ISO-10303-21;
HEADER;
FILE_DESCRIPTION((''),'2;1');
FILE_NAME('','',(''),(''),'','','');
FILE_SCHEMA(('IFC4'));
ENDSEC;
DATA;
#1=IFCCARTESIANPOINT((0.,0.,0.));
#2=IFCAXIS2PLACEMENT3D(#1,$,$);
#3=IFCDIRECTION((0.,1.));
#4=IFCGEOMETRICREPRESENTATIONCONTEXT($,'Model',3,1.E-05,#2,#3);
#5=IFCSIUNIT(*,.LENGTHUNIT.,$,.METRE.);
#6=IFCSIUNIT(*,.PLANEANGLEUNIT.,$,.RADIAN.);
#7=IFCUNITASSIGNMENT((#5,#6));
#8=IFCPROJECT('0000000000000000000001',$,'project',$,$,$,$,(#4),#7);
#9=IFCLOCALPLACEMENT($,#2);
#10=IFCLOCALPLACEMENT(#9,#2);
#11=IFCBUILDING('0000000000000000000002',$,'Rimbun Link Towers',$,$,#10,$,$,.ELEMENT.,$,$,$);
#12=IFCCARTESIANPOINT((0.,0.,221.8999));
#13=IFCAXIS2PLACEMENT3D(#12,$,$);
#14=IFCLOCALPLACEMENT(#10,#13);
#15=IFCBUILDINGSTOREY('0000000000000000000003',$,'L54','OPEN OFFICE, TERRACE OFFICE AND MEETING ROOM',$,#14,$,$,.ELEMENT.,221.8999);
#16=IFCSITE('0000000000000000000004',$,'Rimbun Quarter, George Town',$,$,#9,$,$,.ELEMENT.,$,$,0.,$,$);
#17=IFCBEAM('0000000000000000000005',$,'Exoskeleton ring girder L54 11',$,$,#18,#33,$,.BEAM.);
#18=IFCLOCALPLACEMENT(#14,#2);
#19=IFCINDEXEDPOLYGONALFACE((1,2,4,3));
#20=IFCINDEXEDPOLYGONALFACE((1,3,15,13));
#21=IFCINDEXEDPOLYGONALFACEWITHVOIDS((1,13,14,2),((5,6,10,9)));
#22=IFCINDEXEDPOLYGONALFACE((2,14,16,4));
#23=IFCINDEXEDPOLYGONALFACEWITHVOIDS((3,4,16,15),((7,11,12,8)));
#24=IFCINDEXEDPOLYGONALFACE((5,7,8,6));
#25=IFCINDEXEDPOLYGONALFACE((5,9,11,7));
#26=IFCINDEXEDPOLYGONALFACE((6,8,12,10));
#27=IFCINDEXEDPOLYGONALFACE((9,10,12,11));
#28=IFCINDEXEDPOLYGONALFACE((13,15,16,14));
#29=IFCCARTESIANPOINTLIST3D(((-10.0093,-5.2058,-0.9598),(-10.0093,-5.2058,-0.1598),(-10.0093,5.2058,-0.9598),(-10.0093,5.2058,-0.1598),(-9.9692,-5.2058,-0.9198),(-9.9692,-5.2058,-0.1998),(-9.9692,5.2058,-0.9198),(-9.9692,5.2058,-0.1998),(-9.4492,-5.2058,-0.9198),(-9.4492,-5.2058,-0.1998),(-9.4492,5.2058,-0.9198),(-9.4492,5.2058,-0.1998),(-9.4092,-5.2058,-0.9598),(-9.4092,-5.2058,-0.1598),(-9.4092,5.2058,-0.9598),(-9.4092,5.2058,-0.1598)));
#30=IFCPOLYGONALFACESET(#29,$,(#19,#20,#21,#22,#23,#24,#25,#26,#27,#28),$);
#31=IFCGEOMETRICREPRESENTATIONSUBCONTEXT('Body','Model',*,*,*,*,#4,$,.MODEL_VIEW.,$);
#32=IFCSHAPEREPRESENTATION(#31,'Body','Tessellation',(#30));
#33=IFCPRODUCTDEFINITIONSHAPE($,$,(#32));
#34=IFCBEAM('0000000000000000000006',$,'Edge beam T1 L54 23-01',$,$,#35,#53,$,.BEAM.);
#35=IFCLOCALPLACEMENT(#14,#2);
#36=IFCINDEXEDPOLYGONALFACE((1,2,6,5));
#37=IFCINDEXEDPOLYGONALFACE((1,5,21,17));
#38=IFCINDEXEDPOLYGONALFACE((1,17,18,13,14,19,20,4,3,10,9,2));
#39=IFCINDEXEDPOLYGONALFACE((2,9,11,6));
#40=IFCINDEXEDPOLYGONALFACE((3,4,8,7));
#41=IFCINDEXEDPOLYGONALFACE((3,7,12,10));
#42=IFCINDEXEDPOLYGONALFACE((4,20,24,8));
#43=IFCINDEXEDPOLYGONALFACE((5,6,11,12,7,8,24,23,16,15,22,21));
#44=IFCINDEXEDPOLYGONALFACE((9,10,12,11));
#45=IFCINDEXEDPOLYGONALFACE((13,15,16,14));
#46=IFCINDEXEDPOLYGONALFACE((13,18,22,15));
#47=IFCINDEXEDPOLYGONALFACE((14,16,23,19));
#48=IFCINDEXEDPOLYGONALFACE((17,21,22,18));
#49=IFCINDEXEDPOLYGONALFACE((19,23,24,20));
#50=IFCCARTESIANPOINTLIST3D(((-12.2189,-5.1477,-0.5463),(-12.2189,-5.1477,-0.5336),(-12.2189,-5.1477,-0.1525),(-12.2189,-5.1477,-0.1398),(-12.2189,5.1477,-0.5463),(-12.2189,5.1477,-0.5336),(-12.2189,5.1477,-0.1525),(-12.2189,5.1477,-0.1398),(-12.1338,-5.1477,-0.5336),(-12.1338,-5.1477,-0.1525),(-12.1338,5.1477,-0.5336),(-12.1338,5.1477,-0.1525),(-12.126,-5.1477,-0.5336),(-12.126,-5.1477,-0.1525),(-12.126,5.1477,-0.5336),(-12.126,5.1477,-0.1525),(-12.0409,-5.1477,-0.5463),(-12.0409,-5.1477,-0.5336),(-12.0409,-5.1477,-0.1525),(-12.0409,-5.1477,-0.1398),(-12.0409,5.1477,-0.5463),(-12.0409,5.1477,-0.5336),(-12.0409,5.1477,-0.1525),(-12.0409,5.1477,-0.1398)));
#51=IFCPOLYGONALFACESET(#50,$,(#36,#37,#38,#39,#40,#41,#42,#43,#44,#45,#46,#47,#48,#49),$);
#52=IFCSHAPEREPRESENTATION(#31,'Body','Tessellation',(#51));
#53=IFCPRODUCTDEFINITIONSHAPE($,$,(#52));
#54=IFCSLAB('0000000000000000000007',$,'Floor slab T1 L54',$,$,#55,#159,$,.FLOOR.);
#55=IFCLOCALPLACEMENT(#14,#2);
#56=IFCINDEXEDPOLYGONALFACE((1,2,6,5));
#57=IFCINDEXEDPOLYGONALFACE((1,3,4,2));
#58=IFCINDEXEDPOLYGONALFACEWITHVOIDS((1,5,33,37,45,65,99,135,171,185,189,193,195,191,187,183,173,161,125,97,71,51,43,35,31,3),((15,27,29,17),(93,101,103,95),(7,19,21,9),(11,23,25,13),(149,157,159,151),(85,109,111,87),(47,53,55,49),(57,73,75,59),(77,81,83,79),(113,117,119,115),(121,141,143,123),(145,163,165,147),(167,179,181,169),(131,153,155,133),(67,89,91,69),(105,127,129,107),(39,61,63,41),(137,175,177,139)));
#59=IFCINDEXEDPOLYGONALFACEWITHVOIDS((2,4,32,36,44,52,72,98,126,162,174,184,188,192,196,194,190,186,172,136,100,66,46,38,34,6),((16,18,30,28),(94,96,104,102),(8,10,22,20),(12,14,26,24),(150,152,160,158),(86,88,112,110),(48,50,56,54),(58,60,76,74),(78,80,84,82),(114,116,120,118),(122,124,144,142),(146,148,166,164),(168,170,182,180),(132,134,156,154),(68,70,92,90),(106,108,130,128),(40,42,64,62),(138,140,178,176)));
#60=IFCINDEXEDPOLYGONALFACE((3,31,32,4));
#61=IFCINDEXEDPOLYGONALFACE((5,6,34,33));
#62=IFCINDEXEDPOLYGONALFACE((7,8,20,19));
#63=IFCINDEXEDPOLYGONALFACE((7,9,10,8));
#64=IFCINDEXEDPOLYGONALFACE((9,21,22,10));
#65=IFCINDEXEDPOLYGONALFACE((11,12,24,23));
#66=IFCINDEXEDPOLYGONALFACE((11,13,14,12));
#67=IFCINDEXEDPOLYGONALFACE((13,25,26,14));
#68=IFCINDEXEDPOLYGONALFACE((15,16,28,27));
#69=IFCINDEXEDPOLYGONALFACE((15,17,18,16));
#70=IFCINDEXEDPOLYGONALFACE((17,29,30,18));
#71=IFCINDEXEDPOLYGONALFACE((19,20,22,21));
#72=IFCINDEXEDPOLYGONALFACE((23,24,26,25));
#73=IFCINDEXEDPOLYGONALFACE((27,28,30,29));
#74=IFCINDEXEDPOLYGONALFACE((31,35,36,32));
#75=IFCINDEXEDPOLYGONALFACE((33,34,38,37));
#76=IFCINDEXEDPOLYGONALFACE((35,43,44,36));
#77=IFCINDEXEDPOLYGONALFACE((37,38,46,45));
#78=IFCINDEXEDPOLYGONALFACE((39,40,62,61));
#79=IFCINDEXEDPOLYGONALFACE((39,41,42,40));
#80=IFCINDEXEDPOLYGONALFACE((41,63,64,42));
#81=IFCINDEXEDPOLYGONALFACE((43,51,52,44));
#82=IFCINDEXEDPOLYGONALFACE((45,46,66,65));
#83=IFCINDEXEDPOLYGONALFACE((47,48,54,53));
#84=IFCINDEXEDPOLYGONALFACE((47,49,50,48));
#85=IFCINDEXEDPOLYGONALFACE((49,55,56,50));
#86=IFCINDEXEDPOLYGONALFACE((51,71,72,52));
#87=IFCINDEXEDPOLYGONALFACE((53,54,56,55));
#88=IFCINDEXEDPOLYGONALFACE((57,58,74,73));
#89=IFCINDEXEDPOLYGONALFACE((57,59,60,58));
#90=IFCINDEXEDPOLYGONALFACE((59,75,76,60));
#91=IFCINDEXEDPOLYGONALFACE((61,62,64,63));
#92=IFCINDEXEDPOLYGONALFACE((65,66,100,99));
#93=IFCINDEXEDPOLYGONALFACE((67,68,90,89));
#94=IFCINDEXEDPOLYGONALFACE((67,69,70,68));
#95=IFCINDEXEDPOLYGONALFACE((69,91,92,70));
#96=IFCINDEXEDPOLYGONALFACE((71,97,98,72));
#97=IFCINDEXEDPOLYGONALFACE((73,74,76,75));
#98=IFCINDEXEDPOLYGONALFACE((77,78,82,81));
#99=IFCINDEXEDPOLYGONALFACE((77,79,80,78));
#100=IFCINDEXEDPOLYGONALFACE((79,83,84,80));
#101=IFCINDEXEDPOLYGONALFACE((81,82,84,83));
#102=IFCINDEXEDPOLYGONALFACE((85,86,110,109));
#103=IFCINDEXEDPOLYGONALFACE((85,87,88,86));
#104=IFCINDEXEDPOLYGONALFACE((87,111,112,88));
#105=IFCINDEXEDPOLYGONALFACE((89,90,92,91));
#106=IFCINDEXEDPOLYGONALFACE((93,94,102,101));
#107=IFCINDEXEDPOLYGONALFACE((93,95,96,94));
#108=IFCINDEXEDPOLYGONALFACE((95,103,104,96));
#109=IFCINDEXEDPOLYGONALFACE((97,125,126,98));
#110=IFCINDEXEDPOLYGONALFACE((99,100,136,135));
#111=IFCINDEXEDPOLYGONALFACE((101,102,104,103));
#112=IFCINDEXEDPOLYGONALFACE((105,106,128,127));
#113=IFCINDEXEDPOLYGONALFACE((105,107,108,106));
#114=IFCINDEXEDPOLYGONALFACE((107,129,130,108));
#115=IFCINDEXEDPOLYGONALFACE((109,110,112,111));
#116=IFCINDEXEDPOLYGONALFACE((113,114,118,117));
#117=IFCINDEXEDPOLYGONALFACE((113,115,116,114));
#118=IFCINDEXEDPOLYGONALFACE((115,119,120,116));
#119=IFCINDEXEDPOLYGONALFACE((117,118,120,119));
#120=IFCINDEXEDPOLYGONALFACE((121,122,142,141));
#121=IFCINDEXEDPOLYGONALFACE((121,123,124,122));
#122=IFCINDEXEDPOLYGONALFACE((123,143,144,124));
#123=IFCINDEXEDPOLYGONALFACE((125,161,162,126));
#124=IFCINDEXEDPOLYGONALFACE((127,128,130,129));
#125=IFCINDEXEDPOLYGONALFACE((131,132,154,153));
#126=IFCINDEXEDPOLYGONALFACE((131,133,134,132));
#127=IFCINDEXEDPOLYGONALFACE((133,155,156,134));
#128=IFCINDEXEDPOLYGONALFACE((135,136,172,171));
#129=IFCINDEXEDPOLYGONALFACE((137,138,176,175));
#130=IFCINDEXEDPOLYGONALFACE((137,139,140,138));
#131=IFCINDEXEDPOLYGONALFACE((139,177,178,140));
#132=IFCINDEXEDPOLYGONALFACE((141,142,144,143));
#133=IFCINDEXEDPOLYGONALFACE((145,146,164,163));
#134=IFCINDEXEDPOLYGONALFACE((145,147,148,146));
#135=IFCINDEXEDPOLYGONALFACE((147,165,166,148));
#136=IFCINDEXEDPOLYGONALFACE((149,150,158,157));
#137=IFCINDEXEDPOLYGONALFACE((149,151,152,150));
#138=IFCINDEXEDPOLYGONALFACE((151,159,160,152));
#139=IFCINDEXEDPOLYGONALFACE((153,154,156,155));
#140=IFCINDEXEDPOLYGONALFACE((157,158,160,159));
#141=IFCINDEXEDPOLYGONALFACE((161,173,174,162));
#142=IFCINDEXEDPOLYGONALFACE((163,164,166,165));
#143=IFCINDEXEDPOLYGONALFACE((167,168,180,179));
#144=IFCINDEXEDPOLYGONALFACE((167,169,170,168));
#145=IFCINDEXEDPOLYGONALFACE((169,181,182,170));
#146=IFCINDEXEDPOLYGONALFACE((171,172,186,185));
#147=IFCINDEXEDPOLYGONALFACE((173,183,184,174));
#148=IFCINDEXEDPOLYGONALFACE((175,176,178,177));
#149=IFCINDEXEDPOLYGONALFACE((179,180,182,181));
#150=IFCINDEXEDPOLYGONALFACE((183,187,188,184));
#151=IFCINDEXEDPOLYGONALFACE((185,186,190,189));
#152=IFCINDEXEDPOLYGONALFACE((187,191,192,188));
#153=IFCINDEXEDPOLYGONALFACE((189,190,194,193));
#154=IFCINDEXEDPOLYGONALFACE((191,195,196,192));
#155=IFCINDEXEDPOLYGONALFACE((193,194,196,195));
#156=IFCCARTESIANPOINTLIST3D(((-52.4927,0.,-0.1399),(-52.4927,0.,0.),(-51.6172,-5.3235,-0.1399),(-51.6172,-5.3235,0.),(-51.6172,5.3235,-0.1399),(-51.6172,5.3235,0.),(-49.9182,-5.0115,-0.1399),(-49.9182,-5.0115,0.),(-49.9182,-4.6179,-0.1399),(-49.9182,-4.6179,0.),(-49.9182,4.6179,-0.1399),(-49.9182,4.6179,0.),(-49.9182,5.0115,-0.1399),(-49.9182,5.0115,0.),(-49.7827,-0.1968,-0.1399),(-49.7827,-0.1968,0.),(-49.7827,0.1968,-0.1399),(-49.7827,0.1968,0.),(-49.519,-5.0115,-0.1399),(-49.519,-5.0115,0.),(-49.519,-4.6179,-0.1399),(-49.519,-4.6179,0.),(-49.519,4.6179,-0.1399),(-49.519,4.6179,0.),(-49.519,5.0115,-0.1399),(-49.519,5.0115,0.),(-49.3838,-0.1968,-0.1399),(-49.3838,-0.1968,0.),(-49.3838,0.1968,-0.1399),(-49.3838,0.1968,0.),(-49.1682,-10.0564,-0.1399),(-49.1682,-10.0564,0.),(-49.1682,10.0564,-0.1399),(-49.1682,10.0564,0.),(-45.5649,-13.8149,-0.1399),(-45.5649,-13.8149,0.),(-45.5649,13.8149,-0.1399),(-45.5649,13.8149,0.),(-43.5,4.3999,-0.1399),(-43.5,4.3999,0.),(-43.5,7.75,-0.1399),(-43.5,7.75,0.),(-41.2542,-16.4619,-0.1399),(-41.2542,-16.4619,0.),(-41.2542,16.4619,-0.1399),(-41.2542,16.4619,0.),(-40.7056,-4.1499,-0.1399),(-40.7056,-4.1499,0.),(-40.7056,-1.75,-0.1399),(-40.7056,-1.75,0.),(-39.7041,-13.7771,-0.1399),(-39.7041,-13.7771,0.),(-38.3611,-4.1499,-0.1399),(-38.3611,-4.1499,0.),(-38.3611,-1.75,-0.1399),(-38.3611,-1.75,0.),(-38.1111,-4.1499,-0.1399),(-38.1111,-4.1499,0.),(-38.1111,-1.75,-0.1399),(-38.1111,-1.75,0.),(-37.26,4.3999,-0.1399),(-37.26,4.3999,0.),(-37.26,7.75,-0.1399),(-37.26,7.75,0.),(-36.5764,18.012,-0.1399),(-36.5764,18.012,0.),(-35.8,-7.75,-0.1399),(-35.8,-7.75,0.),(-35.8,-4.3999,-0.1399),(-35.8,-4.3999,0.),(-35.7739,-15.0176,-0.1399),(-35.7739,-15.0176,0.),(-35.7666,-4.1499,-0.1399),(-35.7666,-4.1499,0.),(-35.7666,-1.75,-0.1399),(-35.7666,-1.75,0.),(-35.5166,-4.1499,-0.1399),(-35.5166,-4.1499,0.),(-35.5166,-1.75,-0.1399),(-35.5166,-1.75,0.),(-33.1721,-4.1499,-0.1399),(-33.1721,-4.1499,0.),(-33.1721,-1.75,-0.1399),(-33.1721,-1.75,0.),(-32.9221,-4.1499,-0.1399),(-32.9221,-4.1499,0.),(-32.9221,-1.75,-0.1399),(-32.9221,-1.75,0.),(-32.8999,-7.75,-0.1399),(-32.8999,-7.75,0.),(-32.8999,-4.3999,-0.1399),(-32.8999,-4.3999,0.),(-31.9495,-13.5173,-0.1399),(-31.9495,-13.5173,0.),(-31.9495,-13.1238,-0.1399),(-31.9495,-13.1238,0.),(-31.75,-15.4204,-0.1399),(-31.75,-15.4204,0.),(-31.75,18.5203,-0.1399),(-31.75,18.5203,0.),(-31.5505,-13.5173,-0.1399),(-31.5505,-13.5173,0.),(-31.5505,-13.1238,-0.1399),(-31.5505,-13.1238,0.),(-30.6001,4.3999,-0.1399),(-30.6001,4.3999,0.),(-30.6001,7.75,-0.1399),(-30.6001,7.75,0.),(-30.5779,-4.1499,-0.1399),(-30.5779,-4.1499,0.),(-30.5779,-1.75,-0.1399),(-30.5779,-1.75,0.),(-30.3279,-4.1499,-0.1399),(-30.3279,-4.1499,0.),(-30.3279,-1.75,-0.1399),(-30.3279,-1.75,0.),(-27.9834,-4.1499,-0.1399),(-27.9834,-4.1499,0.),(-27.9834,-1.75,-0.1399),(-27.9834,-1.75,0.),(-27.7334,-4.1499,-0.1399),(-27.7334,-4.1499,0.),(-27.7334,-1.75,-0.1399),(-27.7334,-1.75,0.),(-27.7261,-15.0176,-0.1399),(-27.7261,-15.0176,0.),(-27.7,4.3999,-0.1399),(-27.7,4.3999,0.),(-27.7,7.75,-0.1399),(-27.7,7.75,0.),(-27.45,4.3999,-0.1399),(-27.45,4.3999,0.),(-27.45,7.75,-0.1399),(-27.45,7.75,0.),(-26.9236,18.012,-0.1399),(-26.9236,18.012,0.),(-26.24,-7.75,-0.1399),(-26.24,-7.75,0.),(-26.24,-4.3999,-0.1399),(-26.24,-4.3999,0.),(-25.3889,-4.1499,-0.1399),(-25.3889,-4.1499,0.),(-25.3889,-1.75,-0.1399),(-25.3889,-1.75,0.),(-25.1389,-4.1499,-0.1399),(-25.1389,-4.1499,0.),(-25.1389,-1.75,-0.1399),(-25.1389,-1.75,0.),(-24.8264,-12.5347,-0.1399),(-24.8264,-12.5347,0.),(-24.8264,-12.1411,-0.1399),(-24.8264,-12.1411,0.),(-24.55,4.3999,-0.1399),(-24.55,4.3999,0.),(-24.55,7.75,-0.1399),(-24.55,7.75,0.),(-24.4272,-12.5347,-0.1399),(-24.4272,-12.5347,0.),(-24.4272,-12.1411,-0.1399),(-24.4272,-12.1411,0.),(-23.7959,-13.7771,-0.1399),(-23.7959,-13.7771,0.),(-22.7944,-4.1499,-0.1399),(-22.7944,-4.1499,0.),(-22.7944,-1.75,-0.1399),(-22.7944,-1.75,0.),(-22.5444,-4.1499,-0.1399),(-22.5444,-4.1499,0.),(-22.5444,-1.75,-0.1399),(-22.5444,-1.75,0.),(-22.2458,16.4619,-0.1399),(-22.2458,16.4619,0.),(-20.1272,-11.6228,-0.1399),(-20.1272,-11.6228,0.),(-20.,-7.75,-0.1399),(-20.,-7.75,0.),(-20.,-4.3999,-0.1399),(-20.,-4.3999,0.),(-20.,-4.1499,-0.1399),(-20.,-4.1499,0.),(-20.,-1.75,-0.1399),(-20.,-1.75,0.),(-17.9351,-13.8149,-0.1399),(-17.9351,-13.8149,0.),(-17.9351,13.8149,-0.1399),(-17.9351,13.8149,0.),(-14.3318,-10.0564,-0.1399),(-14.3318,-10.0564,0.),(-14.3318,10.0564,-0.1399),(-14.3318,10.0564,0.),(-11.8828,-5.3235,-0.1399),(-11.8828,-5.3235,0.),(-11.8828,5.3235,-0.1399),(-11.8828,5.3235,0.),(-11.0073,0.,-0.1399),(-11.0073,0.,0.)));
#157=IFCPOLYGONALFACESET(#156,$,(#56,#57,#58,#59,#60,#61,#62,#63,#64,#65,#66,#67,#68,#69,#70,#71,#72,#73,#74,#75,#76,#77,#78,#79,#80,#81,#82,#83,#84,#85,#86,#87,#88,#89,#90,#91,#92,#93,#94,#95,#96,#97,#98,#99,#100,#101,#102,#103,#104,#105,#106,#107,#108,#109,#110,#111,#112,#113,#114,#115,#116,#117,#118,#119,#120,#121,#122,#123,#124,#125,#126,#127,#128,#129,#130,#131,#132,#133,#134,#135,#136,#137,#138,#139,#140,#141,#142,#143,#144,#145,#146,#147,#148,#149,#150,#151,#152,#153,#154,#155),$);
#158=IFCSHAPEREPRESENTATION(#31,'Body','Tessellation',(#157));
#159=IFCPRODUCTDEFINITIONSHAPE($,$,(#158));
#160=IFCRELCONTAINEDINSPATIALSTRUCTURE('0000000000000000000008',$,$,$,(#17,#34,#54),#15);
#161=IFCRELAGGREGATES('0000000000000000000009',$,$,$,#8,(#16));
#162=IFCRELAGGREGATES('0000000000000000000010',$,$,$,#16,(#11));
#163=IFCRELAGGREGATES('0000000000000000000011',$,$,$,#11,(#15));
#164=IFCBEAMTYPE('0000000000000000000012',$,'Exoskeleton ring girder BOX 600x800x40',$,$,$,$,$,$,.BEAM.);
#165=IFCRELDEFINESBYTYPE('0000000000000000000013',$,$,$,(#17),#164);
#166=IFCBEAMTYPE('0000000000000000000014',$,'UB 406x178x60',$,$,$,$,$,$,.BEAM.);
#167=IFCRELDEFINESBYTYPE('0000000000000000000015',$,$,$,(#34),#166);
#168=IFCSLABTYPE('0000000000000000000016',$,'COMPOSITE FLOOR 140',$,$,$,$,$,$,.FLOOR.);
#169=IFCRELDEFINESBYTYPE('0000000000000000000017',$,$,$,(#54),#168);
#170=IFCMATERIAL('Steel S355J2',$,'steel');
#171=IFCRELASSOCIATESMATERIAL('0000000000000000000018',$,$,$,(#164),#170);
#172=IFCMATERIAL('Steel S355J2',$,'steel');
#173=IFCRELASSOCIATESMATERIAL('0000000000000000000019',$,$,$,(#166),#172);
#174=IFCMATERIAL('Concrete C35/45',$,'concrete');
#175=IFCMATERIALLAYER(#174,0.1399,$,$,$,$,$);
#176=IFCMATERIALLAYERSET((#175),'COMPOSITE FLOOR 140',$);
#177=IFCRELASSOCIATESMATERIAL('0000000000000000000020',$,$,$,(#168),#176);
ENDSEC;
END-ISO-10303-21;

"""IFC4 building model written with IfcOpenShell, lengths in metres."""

from ifc_helpers import new_model, si_unit, direction, frame, origin, origin_2d, place, context, subcontext, project, spatial, polyline, hollow_rectangle, i_section, outline, extrude, material, layer, layer_set, material_profile, profile_set, type_object, element, save


model = new_model("IFC4")

# Units and contexts
model_context = context("Model", 3, precision=1e-05, world=origin(), true_north=direction((0.0, 1.0)))
body_context = subcontext(model_context, "Body", "Model", "MODEL_VIEW")
ifc_project = project(units=[si_unit("LENGTHUNIT", "METRE"), si_unit("PLANEANGLEUNIT", "RADIAN")], contexts=[model_context])

# Site, building, storey
site_placement = place(None, origin())
site = spatial("IfcSite", under=ifc_project, at=site_placement, Name="Rimbun Quarter, George Town", CompositionType="ELEMENT", RefElevation=0.0)
building_placement = place(site_placement, origin())
building = spatial("IfcBuilding", under=site, at=building_placement, Name="Rimbun Link Towers", CompositionType="ELEMENT")
storey_placement = place(building_placement, frame((0.0, 0.0, 221.8999)))
storey = spatial("IfcBuildingStorey", under=building, at=storey_placement, Name="L54", Description="OPEN OFFICE, TERRACE OFFICE AND MEETING ROOM", CompositionType="ELEMENT", Elevation=221.8999)

# Beams
ifc_material_1 = material(Name="Steel S355J2", Category="steel")
ifc_material_profile_1 = material_profile(ifc_material_1, hollow_rectangle(XDim=0.6001, YDim=0.8, WallThickness=0.04, at=origin_2d()), Name="Exoskeleton ring girder BOX 600x800x40")
ifc_profile_set_1 = profile_set([ifc_material_profile_1], Name="Steel S355J2")
beam_type_1 = type_object("IfcBeamType", Name="Exoskeleton ring girder BOX 600x800x40", PredefinedType="BEAM", material=ifc_profile_set_1)
beam_1_placement = place(storey_placement, frame((-9.7092, -5.2058, -0.5598), z_axis=(0.0, 1.0, 0.0), x_axis=(-1.0, 0.0, 0.0)))
element("IfcBeam", 1, at=beam_1_placement, inside=storey, type_object=beam_type_1, Name="Exoskeleton ring girder L54 11", PredefinedType="BEAM", context=body_context, shape_type="SweptSolid", body=[
    extrude(hollow_rectangle(XDim=0.6001, YDim=0.8, WallThickness=0.04, at=origin_2d()), origin(), (0.0, 0.0, 1.0), 10.4116),
])
ifc_material_2 = material(Name="Steel S355J2", Category="steel")
ifc_material_profile_2 = material_profile(ifc_material_2, i_section(OverallWidth=0.178, OverallDepth=0.4065, WebThickness=0.0078, FlangeThickness=0.0127, at=origin_2d()), Name="UB 406x178x60")
ifc_profile_set_2 = profile_set([ifc_material_profile_2], Name="Steel S355J2")
beam_type_2 = type_object("IfcBeamType", Name="UB 406x178x60", PredefinedType="BEAM", material=ifc_profile_set_2)
beam_2_placement = place(storey_placement, frame((-12.1299, -5.1477, -0.343), z_axis=(0.0, 1.0, 0.0), x_axis=(-1.0, 0.0, 0.0)))
element("IfcBeam", 2, at=beam_2_placement, inside=storey, type_object=beam_type_2, Name="Edge beam T1 L54 23-01", PredefinedType="BEAM", context=body_context, shape_type="SweptSolid", body=[
    extrude(i_section(OverallWidth=0.178, OverallDepth=0.4065, WebThickness=0.0078, FlangeThickness=0.0127, at=origin_2d()), origin(), (0.0, 0.0, 1.0), 10.2954),
])

# Slab
ifc_material_3 = material(Name="Concrete C35/45", Category="concrete")
ifc_layer_1 = layer(ifc_material_3, 0.1399)
ifc_layer_set_1 = layer_set([ifc_layer_1], Name="COMPOSITE FLOOR 140")
slab_type_1 = type_object("IfcSlabType", Name="COMPOSITE FLOOR 140", PredefinedType="FLOOR", material=ifc_layer_set_1)
slab_1_placement = place(storey_placement, frame((0.0, 0.0, -0.1399)))
element("IfcSlab", 3, at=slab_1_placement, inside=storey, type_object=slab_type_1, Name="Floor slab T1 L54", PredefinedType="FLOOR", context=body_context, shape_type="SweptSolid", body=[
    extrude(outline(polyline([(-45.5649, -13.8149), (-49.1682, -10.0564), (-51.6172, -5.3235), (-52.4927, 0.0), (-51.6172, 5.3235), (-49.1682, 10.0564), (-45.5649, 13.8149), (-41.2542, 16.4619), (-36.5764, 18.012), (-31.75, 18.5203), (-26.9236, 18.012), (-22.2458, 16.4619), (-17.9351, 13.8149), (-14.3318, 10.0564), (-11.8828, 5.3235), (-11.0073, 0.0), (-11.8828, -5.3235), (-14.3318, -10.0564), (-17.9351, -13.8149), (-20.1272, -11.6228), (-23.7959, -13.7771), (-27.7261, -15.0176), (-31.75, -15.4204), (-35.7739, -15.0176), (-39.7041, -13.7771), (-41.2542, -16.4619), (-45.5649, -13.8149)]), holes=[polyline([(-31.5505, -13.5173), (-31.5505, -13.1238), (-31.9495, -13.1238), (-31.9495, -13.5173), (-31.5505, -13.5173)]), polyline([(-32.8999, -7.75), (-32.8999, -4.3999), (-35.8, -4.3999), (-35.8, -7.75), (-32.8999, -7.75)]), polyline([(-49.519, -5.0115), (-49.519, -4.6179), (-49.9182, -4.6179), (-49.9182, -5.0115), (-49.519, -5.0115)]), polyline([(-38.3611, -4.1499), (-38.3611, -1.75), (-40.7056, -1.75), (-40.7056, -4.1499), (-38.3611, -4.1499)]), polyline([(-35.7666, -4.1499), (-35.7666, -1.75), (-38.1111, -1.75), (-38.1111, -4.1499), (-35.7666, -4.1499)]), polyline([(-33.1721, -4.1499), (-33.1721, -1.75), (-35.5166, -1.75), (-35.5166, -4.1499), (-33.1721, -4.1499)]), polyline([(-49.3838, -0.1968), (-49.3838, 0.1968), (-49.7827, 0.1968), (-49.7827, -0.1968), (-49.3838, -0.1968)]), polyline([(-49.9182, 4.6179), (-49.519, 4.6179), (-49.519, 5.0115), (-49.9182, 5.0115), (-49.9182, 4.6179)]), polyline([(-43.5, 4.3999), (-37.26, 4.3999), (-37.26, 7.75), (-43.5, 7.75), (-43.5, 4.3999)]), polyline([(-24.4272, -12.5347), (-24.4272, -12.1411), (-24.8264, -12.1411), (-24.8264, -12.5347), (-24.4272, -12.5347)]), polyline([(-20.0, -7.75), (-20.0, -4.3999), (-26.24, -4.3999), (-26.24, -7.75), (-20.0, -7.75)]), polyline([(-30.5779, -4.1499), (-30.5779, -1.75), (-32.9221, -1.75), (-32.9221, -4.1499), (-30.5779, -4.1499)]), polyline([(-27.9834, -4.1499), (-27.9834, -1.75), (-30.3279, -1.75), (-30.3279, -4.1499), (-27.9834, -4.1499)]), polyline([(-25.3889, -4.1499), (-25.3889, -1.75), (-27.7334, -1.75), (-27.7334, -4.1499), (-25.3889, -4.1499)]), polyline([(-22.7944, -4.1499), (-22.7944, -1.75), (-25.1389, -1.75), (-25.1389, -4.1499), (-22.7944, -4.1499)]), polyline([(-20.0, -4.1499), (-20.0, -1.75), (-22.5444, -1.75), (-22.5444, -4.1499), (-20.0, -4.1499)]), polyline([(-30.6001, 4.3999), (-27.7, 4.3999), (-27.7, 7.75), (-30.6001, 7.75), (-30.6001, 4.3999)]), polyline([(-27.45, 4.3999), (-24.55, 4.3999), (-24.55, 7.75), (-27.45, 7.75), (-27.45, 4.3999)])]), origin(), (0.0, 0.0, 1.0), 0.1399),
])

save(model, "model.ifc")
